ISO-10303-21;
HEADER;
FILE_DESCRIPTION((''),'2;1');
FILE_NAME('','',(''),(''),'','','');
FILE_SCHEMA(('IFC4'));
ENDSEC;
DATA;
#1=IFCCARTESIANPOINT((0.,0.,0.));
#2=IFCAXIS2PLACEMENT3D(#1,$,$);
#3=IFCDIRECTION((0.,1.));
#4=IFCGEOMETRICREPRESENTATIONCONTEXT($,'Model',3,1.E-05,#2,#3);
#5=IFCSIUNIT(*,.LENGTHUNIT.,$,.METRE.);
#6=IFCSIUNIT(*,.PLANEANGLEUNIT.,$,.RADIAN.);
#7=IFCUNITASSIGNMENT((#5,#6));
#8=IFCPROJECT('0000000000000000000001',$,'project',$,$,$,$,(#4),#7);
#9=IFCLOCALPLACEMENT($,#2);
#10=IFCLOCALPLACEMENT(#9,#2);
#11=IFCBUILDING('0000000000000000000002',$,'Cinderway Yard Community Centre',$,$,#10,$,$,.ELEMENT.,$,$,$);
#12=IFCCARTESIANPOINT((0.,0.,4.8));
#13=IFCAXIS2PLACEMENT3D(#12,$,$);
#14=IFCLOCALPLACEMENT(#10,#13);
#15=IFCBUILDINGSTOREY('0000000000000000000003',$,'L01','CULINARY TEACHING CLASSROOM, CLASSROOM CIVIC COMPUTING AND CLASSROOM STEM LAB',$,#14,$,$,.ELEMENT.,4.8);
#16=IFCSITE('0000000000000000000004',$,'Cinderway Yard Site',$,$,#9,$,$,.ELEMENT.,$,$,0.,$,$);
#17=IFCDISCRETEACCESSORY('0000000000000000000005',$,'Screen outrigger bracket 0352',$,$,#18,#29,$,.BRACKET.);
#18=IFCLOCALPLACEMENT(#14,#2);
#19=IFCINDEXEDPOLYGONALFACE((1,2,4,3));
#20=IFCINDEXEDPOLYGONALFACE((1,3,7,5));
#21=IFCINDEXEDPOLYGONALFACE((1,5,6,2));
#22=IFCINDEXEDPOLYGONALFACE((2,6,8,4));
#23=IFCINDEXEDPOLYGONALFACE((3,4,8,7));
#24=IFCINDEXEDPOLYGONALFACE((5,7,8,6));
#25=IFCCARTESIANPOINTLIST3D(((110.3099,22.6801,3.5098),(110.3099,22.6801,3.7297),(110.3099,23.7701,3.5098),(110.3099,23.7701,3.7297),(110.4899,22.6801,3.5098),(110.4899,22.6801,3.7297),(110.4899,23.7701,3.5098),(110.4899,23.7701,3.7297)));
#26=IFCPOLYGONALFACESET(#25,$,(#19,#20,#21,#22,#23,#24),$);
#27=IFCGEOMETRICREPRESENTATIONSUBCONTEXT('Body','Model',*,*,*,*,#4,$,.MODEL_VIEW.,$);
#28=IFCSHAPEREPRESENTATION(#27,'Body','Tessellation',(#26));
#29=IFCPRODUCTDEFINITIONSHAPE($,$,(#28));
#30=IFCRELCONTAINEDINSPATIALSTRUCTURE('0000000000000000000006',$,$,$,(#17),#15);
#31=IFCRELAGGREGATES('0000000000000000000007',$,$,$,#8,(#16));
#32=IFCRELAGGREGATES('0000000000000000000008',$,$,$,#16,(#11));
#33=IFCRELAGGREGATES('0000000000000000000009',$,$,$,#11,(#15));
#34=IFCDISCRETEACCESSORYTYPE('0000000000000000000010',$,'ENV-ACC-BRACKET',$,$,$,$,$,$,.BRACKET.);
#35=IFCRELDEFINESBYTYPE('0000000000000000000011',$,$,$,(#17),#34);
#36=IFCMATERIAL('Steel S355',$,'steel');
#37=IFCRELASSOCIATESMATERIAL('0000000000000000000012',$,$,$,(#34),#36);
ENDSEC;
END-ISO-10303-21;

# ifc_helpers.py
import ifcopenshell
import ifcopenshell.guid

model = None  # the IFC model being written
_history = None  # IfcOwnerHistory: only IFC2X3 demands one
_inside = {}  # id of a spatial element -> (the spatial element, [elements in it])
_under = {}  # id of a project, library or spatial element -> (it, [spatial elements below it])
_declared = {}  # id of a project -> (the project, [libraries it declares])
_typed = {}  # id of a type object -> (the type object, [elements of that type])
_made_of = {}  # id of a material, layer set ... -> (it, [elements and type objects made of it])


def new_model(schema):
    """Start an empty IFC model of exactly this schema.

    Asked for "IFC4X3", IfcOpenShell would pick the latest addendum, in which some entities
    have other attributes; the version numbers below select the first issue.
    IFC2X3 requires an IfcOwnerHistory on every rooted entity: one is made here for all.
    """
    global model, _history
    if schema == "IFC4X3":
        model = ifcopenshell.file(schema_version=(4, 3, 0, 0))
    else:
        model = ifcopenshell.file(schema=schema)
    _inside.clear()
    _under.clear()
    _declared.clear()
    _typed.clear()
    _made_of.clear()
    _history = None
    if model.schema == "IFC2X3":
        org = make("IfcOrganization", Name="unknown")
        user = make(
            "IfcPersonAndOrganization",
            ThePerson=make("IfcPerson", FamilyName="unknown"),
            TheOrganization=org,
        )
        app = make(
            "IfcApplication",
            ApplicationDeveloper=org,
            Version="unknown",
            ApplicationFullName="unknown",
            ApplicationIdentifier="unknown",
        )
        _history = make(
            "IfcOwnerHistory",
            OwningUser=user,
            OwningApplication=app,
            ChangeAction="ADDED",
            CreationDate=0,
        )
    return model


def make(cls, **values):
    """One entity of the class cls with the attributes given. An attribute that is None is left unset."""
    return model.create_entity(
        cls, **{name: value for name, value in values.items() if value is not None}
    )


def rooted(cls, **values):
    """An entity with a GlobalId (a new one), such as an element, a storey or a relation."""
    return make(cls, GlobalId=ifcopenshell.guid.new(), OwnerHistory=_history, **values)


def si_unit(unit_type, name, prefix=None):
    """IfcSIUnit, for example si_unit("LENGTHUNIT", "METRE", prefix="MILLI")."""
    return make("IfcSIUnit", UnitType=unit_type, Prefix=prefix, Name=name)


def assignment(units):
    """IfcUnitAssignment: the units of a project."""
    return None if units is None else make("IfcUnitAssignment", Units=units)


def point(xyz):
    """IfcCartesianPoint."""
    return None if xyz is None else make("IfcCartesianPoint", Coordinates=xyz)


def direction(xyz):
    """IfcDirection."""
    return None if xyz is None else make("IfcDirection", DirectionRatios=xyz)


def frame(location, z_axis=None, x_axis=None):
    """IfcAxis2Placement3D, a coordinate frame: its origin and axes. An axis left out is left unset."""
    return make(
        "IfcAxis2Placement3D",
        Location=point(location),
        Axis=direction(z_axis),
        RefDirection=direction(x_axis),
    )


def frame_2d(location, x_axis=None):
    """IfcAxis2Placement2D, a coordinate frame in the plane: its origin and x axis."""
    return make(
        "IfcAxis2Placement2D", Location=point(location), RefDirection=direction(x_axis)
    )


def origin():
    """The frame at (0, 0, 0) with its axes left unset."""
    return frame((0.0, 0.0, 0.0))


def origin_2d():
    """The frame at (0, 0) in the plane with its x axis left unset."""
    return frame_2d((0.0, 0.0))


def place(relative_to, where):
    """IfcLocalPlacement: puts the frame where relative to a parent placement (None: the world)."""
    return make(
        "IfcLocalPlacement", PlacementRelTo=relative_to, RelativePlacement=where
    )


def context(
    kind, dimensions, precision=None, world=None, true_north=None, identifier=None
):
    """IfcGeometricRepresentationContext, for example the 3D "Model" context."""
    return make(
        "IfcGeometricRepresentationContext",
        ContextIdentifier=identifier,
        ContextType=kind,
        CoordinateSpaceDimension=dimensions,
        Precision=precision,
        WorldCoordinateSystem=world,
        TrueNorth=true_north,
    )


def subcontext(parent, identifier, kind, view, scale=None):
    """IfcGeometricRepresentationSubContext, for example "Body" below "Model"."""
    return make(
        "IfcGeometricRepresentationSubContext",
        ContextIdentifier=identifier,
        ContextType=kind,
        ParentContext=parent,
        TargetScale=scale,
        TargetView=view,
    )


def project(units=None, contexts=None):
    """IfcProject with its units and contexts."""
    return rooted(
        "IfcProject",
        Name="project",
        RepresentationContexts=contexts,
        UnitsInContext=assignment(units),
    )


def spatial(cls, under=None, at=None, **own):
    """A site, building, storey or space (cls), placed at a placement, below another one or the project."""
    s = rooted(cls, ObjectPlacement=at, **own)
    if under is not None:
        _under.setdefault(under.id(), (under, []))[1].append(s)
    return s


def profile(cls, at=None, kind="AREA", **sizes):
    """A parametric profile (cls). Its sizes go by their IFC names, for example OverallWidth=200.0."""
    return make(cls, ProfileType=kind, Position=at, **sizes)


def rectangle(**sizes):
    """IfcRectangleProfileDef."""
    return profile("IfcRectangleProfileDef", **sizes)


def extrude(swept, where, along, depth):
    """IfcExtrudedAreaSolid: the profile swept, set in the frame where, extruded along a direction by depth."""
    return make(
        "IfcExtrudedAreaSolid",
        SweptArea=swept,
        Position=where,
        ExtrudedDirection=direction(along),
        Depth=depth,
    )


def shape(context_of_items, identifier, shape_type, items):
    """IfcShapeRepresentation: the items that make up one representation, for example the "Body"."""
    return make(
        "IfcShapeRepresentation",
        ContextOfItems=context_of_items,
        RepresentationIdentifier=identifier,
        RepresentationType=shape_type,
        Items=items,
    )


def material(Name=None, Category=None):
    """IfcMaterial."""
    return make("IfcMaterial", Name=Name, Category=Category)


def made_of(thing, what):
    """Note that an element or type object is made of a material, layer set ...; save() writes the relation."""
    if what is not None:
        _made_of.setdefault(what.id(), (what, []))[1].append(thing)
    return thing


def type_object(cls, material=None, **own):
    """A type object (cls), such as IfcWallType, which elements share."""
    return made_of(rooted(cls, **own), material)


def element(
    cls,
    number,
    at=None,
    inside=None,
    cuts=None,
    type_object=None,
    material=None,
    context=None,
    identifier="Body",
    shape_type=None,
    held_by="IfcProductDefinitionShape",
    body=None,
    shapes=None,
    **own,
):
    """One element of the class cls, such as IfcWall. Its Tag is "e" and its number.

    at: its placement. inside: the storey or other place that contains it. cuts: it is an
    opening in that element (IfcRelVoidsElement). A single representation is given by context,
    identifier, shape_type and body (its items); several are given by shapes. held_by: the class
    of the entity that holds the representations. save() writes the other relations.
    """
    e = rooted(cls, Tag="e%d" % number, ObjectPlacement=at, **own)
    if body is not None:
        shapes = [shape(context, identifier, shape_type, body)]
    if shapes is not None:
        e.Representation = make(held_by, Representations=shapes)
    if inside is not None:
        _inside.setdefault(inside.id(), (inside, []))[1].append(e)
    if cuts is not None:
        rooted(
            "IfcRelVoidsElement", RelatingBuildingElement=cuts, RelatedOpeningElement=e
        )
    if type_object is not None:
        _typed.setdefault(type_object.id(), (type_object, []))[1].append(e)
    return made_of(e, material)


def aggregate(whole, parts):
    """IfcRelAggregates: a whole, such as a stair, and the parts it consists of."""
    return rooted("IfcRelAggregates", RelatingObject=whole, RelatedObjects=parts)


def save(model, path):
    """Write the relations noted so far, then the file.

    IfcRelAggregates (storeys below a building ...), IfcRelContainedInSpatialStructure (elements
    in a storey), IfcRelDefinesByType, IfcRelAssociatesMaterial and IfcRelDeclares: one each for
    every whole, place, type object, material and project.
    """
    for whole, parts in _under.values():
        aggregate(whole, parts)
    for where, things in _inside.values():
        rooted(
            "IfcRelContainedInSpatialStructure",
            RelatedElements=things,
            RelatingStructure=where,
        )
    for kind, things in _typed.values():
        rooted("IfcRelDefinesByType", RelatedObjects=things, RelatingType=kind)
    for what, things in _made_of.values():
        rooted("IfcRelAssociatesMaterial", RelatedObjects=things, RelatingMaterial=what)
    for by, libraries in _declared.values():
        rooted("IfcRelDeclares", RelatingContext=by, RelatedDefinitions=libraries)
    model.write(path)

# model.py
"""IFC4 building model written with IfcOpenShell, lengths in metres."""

from ifc_helpers import new_model, si_unit, direction, frame, origin, origin_2d, place, context, subcontext, project, spatial, rectangle, extrude, material, type_object, element, save


model = new_model("IFC4")

# Units and contexts
model_context = context("Model", 3, precision=1e-05, world=origin(), true_north=direction((0.0, 1.0)))
body_context = subcontext(model_context, "Body", "Model", "MODEL_VIEW")
ifc_project = project(units=[si_unit("LENGTHUNIT", "METRE"), si_unit("PLANEANGLEUNIT", "RADIAN")], contexts=[model_context])

# Site, building, storey
site_placement = place(None, origin())
site = spatial("IfcSite", under=ifc_project, at=site_placement, Name="Cinderway Yard Site", CompositionType="ELEMENT", RefElevation=0.0)
building_placement = place(site_placement, origin())
building = spatial("IfcBuilding", under=site, at=building_placement, Name="Cinderway Yard Community Centre", CompositionType="ELEMENT")
storey_placement = place(building_placement, frame((0.0, 0.0, 4.8)))
storey = spatial("IfcBuildingStorey", under=building, at=storey_placement, Name="L01", Description="CULINARY TEACHING CLASSROOM, CLASSROOM CIVIC COMPUTING AND CLASSROOM STEM LAB", CompositionType="ELEMENT", Elevation=4.8)

# Shared definitions
ifc_material_1 = material(Name="Steel S355", Category="steel")

# Discrete accessory
discrete_accessory_type = type_object("IfcDiscreteAccessoryType", Name="ENV-ACC-BRACKET", PredefinedType="BRACKET", material=ifc_material_1)
for number, where, z_axis, x_axis, name in (
    (1, (110.3999, 23.2251, 3.5098), (0.0, 0.0, 1.0), (0.0, 1.0, 0.0), "Screen outrigger bracket 0352"),
):
    element("IfcDiscreteAccessory", number, at=place(storey_placement, frame(where, z_axis=z_axis, x_axis=x_axis)), inside=storey, type_object=discrete_accessory_type, Name=name, PredefinedType="BRACKET", context=body_context, shape_type="SweptSolid", body=[
        extrude(rectangle(XDim=1.0901, YDim=0.1799, at=origin_2d()), origin(), (0.0, 0.0, 1.0), 0.22),
    ])

save(model, "model.ifc")
